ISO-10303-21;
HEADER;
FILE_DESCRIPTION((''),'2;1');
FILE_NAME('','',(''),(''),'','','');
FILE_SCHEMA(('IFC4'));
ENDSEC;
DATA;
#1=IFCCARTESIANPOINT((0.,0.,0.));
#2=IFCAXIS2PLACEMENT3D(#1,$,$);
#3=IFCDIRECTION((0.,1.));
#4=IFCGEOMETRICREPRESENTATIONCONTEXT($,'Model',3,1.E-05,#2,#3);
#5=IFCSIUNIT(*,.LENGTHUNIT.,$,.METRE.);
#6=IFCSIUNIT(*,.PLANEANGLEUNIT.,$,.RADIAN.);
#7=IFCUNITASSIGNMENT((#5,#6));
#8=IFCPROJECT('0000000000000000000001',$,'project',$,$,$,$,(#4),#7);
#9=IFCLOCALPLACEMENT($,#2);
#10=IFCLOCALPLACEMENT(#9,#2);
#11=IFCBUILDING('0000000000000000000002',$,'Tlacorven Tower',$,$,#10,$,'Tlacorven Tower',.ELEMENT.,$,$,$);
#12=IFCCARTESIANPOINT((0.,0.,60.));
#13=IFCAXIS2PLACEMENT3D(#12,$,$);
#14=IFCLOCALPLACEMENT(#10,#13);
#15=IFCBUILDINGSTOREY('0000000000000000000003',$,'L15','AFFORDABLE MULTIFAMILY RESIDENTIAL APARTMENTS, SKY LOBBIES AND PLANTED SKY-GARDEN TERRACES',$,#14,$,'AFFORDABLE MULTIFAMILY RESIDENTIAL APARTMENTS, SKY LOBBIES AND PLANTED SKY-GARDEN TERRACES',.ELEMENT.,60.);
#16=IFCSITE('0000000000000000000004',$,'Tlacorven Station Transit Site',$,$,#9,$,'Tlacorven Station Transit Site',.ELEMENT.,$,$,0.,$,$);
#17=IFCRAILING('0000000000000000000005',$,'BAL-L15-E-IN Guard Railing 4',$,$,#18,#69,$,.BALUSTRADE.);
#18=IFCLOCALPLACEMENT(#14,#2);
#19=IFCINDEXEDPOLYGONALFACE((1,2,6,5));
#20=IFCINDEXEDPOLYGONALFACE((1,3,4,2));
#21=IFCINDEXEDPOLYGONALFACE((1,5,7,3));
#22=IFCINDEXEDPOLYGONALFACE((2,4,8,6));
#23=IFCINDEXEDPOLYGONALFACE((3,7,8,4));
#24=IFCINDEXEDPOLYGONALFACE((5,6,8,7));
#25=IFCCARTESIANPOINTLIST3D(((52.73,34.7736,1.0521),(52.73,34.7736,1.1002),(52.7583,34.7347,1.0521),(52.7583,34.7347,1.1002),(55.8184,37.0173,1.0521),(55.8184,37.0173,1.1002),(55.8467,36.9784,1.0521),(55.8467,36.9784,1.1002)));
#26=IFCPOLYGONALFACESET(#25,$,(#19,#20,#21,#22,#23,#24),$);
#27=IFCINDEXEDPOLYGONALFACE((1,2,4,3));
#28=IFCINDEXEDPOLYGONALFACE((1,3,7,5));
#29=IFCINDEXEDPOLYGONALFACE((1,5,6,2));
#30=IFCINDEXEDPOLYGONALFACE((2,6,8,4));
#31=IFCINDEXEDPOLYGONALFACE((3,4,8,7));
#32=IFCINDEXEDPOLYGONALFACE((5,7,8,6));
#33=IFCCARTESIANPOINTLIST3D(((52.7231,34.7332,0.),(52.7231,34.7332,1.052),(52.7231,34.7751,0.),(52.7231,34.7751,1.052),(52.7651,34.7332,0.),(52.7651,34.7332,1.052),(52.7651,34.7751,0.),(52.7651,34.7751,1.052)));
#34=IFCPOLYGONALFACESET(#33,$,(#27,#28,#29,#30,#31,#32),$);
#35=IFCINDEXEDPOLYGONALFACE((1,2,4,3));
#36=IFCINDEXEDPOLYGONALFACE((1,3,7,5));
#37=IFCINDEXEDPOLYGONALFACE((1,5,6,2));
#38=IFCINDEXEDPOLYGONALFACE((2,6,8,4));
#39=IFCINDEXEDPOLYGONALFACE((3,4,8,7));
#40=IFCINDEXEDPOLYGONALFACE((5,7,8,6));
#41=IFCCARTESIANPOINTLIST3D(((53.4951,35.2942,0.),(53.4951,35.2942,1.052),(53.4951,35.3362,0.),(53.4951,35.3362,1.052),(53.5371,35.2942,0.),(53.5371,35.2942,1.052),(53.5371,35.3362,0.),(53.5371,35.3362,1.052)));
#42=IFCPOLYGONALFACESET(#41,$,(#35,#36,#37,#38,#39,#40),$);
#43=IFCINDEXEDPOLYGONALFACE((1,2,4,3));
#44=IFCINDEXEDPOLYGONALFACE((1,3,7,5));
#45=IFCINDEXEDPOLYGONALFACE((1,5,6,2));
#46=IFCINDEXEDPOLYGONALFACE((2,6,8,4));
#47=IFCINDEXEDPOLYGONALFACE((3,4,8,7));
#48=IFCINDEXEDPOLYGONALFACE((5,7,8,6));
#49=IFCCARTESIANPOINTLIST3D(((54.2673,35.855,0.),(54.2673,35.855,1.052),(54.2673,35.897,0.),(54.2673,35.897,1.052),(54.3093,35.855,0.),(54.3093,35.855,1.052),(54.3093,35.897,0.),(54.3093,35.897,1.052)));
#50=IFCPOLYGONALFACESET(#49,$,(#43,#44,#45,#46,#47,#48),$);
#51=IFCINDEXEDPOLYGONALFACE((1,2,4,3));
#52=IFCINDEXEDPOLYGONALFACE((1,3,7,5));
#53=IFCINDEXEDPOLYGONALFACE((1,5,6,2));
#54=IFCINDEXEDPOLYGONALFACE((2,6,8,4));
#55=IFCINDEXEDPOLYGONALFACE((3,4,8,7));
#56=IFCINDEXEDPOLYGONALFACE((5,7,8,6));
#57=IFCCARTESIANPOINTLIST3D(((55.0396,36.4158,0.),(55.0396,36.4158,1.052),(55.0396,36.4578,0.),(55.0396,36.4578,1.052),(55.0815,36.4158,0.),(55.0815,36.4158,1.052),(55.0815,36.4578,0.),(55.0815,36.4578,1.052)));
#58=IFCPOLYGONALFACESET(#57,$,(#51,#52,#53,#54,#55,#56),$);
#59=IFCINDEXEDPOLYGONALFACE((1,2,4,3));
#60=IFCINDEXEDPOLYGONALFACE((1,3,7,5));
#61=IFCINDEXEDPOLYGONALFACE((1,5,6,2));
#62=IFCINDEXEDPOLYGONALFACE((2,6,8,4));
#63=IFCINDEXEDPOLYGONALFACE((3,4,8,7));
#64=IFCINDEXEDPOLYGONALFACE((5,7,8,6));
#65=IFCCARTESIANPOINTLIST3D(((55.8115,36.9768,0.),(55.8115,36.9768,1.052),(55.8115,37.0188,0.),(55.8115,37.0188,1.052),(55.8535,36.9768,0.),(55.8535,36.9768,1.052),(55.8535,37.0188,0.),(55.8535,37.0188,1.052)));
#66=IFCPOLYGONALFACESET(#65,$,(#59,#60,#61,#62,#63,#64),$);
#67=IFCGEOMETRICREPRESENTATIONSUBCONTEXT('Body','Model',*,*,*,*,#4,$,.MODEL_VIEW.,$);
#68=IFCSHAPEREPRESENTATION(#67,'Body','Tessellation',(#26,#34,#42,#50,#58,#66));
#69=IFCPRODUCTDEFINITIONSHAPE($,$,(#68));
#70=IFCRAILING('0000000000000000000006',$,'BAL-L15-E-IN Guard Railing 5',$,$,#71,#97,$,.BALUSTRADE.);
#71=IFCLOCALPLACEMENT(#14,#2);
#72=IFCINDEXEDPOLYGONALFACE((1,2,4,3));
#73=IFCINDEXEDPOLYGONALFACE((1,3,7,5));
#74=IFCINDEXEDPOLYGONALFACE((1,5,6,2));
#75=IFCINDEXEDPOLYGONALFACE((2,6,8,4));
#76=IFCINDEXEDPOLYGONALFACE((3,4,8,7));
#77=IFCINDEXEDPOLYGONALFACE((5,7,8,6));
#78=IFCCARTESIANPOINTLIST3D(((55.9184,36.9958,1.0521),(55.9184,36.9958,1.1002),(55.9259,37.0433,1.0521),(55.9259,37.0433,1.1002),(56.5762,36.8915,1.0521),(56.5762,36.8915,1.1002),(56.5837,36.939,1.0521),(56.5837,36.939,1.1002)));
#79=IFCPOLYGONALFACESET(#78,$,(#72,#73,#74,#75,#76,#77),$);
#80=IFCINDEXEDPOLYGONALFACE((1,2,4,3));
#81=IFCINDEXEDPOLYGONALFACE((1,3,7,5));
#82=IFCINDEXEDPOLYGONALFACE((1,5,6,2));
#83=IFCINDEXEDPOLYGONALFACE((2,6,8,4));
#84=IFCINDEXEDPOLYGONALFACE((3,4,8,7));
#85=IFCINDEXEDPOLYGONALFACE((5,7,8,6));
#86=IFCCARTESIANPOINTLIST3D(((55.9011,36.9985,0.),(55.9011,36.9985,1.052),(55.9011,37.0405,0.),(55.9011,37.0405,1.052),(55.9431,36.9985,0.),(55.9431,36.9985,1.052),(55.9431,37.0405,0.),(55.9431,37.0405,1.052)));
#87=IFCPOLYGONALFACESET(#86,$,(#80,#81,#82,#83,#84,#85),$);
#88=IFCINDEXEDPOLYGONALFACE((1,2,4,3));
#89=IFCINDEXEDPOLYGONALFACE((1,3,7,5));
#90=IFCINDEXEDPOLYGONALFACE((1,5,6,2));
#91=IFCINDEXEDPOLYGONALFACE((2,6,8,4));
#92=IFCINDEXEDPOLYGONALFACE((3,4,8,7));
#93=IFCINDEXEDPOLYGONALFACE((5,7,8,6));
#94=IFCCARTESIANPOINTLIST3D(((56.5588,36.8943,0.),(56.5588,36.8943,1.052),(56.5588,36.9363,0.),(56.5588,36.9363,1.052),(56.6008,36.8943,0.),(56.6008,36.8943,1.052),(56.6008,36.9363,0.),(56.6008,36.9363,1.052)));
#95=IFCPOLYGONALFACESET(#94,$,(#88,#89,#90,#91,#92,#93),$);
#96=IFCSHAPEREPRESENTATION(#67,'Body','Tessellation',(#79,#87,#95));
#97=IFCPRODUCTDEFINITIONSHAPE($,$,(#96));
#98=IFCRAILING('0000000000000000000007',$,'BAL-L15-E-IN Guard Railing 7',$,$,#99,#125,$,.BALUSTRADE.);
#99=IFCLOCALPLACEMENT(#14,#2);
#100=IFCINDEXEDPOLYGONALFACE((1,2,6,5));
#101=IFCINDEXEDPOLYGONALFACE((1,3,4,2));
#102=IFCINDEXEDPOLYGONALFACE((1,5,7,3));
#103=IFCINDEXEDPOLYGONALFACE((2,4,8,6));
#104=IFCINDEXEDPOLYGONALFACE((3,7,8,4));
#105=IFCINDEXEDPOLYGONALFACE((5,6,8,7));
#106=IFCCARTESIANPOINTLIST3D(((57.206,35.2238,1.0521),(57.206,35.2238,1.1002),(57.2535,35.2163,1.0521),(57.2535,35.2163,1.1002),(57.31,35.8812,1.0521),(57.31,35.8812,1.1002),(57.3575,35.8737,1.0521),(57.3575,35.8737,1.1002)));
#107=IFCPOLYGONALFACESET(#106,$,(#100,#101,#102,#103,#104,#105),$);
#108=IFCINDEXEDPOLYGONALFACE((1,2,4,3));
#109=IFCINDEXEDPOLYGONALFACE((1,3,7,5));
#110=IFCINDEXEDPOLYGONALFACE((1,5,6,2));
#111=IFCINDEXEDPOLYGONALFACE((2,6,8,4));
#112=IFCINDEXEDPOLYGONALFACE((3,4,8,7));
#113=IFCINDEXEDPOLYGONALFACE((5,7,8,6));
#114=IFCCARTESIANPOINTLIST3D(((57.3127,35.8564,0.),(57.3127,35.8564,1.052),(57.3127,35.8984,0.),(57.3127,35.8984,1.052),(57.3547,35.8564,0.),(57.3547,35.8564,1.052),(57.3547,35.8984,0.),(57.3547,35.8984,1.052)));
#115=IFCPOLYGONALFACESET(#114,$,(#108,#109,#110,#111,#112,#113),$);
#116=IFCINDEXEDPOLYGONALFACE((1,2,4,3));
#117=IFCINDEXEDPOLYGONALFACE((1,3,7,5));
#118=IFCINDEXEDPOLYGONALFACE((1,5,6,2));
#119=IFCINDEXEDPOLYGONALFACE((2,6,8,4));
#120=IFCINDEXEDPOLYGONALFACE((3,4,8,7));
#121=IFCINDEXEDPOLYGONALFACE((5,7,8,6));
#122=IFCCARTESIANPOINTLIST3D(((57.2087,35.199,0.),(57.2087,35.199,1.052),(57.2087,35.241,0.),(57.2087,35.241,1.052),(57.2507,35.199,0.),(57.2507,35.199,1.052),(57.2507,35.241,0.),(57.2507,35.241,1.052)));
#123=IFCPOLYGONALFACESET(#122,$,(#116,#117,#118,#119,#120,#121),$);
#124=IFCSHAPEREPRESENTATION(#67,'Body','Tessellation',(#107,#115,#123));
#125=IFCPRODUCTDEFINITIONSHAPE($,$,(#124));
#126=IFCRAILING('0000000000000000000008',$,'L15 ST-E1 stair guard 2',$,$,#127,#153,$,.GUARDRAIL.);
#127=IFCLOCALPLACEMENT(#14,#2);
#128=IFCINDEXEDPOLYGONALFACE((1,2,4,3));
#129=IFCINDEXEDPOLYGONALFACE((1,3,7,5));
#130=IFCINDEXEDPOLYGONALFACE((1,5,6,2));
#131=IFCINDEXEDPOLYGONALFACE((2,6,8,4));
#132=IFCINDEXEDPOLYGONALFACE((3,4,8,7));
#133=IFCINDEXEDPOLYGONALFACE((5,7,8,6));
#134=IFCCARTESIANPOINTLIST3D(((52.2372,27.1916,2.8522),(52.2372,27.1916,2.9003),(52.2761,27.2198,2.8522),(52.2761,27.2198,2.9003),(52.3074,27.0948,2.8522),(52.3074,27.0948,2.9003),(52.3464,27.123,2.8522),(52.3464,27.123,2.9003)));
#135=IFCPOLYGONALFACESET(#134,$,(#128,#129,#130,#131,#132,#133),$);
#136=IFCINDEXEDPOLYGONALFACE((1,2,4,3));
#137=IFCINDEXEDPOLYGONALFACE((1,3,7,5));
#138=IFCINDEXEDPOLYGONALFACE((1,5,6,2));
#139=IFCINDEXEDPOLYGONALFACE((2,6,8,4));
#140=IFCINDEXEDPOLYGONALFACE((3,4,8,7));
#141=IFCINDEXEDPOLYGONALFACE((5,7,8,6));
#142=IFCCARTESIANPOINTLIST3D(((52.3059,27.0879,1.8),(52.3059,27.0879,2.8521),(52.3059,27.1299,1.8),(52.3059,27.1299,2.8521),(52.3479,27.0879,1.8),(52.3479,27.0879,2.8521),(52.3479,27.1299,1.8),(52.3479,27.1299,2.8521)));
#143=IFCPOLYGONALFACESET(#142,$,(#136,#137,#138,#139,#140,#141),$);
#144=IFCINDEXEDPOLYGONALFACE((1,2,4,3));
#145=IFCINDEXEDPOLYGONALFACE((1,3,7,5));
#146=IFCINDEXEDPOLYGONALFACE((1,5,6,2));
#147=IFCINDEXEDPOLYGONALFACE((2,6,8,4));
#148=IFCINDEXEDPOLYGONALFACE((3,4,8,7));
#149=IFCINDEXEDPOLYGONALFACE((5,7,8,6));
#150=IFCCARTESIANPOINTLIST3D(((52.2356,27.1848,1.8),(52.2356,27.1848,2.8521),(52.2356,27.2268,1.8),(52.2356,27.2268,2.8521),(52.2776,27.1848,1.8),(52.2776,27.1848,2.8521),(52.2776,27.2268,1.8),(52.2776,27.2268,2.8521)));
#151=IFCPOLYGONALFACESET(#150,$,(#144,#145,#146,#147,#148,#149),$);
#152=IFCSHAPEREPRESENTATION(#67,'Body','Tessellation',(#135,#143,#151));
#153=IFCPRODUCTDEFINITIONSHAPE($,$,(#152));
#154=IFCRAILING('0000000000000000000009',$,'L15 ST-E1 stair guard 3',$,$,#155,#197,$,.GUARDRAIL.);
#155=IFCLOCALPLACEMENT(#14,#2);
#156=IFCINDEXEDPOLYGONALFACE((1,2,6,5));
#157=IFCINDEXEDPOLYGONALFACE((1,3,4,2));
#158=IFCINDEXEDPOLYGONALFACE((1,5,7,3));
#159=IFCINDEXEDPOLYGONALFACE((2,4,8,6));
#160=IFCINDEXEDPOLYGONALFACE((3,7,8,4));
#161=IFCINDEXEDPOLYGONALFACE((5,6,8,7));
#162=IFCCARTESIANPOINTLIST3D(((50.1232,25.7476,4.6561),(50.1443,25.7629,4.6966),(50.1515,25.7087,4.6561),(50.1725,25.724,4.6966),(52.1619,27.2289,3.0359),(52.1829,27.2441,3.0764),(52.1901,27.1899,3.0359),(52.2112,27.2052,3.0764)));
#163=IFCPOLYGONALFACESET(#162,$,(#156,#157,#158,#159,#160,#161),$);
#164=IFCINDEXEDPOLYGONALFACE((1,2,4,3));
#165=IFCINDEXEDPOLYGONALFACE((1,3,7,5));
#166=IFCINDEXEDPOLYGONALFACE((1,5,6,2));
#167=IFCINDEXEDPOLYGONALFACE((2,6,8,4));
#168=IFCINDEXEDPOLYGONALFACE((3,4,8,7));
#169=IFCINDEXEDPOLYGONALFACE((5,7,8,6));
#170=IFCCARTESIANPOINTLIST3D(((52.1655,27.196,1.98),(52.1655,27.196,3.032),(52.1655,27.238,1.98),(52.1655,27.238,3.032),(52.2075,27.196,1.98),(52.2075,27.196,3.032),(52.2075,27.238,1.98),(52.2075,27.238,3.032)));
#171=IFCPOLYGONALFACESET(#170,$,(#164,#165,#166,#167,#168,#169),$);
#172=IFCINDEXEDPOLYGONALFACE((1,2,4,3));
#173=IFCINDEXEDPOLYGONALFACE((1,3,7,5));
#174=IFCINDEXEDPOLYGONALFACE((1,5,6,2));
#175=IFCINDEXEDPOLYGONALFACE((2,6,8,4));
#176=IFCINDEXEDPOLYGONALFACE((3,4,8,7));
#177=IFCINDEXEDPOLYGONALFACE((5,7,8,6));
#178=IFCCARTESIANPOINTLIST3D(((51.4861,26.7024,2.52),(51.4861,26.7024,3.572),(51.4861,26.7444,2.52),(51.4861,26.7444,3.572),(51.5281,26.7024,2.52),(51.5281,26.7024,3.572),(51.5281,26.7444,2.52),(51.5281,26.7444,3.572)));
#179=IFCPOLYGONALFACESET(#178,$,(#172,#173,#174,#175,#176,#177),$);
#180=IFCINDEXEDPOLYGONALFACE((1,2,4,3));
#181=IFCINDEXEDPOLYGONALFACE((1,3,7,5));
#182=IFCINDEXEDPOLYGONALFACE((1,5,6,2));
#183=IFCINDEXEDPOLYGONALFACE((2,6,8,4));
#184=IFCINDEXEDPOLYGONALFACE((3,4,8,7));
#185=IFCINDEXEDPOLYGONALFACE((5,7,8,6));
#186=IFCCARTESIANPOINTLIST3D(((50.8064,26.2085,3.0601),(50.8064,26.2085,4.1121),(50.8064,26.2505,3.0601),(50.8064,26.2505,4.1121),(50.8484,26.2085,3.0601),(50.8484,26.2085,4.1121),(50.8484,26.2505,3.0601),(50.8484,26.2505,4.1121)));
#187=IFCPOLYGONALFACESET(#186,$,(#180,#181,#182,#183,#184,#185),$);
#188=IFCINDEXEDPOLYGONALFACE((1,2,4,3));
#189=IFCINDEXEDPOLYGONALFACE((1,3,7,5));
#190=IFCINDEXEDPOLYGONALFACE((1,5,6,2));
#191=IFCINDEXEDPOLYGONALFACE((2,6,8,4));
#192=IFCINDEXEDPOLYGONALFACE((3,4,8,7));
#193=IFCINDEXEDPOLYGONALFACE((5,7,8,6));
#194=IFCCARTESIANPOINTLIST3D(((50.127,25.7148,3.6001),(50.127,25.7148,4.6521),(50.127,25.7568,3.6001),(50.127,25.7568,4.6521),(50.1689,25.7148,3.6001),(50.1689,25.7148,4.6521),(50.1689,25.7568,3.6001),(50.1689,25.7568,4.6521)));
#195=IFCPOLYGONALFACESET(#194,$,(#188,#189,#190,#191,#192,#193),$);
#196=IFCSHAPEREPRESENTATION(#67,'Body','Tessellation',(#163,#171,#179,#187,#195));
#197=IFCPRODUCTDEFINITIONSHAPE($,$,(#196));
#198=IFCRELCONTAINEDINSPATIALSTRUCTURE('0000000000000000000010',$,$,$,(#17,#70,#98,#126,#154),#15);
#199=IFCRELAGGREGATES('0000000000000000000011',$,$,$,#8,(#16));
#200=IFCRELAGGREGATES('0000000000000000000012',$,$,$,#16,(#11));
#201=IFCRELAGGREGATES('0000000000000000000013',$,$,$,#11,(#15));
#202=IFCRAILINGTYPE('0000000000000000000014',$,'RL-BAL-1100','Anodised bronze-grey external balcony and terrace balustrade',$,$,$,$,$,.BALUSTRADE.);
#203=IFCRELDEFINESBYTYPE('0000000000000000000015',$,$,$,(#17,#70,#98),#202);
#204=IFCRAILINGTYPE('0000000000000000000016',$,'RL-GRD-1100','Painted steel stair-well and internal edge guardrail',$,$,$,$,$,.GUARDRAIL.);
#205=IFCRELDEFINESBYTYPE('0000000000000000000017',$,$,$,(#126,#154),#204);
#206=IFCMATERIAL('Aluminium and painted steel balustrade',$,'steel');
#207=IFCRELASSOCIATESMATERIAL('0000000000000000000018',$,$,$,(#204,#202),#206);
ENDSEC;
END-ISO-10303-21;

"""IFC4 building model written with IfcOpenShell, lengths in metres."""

from ifc_helpers import new_model, si_unit, direction, frame, origin, origin_2d, place, context, subcontext, project, spatial, rectangle, extrude, source, transform, mapped, material, type_object, element, save


model = new_model("IFC4")

# Units and contexts
model_context = context("Model", 3, precision=1e-05, world=origin(), true_north=direction((0.0, 1.0)))
body_context = subcontext(model_context, "Body", "Model", "MODEL_VIEW")
ifc_project = project(units=[si_unit("LENGTHUNIT", "METRE"), si_unit("PLANEANGLEUNIT", "RADIAN")], contexts=[model_context])

# Site, building, storey
site_placement = place(None, origin())
site = spatial("IfcSite", under=ifc_project, at=site_placement, Name="Tlacorven Station Transit Site", LongName="Tlacorven Station Transit Site", CompositionType="ELEMENT", RefElevation=0.0)
building_placement = place(site_placement, origin())
building = spatial("IfcBuilding", under=site, at=building_placement, Name="Tlacorven Tower", LongName="Tlacorven Tower", CompositionType="ELEMENT")
storey_placement = place(building_placement, frame((0.0, 0.0, 60.0)))
storey = spatial("IfcBuildingStorey", under=building, at=storey_placement, Name="L15", Description="AFFORDABLE MULTIFAMILY RESIDENTIAL APARTMENTS, SKY LOBBIES AND PLANTED SKY-GARDEN TERRACES", LongName="AFFORDABLE MULTIFAMILY RESIDENTIAL APARTMENTS, SKY LOBBIES AND PLANTED SKY-GARDEN TERRACES", CompositionType="ELEMENT", Elevation=60.0)

# Railings
ifc_material_1 = material(Name="Aluminium and painted steel balustrade", Category="steel")
railing_type_1 = type_object("IfcRailingType", Name="RL-GRD-1100", Description="Painted steel stair-well and internal edge guardrail", PredefinedType="GUARDRAIL", material=ifc_material_1)
railing_type_2 = type_object("IfcRailingType", Name="RL-BAL-1100", Description="Anodised bronze-grey external balcony and terrace balustrade", PredefinedType="BALUSTRADE", material=ifc_material_1)
shared_shape_1 = source(origin(), body_context, "Body", "SweptSolid", [
    extrude(rectangle(XDim=0.0481, YDim=0.0481, at=origin_2d()), frame((0.0, 0.0, 1.0762), z_axis=(0.80904, 0.587753, 0.0), x_axis=(-0.587753, 0.80904, 0.0)), (0.0, 0.0, 1.0), 3.8174),
    extrude(rectangle(XDim=0.042, YDim=0.042, at=origin_2d()), origin(), (0.0, 0.0, 1.0), 1.052),
    extrude(rectangle(XDim=0.042, YDim=0.042, at=origin_2d()), frame((0.772, 0.561, 0.0)), (0.0, 0.0, 1.0), 1.052),
    extrude(rectangle(XDim=0.042, YDim=0.042, at=origin_2d()), frame((1.5442, 1.1218, 0.0)), (0.0, 0.0, 1.0), 1.052),
    extrude(rectangle(XDim=0.042, YDim=0.042, at=origin_2d()), frame((2.3164, 1.6826, 0.0)), (0.0, 0.0, 1.0), 1.052),
    extrude(rectangle(XDim=0.042, YDim=0.042, at=origin_2d()), frame((3.0884, 2.2437, 0.0)), (0.0, 0.0, 1.0), 1.052),
])
railing_1_placement = place(storey_placement, frame((52.7441, 34.7542, 0.0)))
element("IfcRailing", 1, at=railing_1_placement, inside=storey, type_object=railing_type_2, Name="BAL-L15-E-IN Guard Railing 4", PredefinedType="BALUSTRADE", context=body_context, shape_type="MappedRepresentation", body=[
    mapped(shared_shape_1, transform((0.0, 0.0, 0.0), scale=1.0)),
])
shared_shape_2 = source(origin(), body_context, "Body", "SweptSolid", [
    extrude(rectangle(XDim=0.0481, YDim=0.0481, at=origin_2d()), frame((0.0, 0.0, 1.0762), z_axis=(0.987671, -0.156546, 0.0), x_axis=(0.156546, 0.987671, 0.0)), (0.0, 0.0, 1.0), 0.666),
    extrude(rectangle(XDim=0.042, YDim=0.042, at=origin_2d()), origin(), (0.0, 0.0, 1.0), 1.052),
    extrude(rectangle(XDim=0.042, YDim=0.042, at=origin_2d()), frame((0.6577, -0.1042, 0.0)), (0.0, 0.0, 1.0), 1.052),
])
railing_2_placement = place(storey_placement, frame((55.9221, 37.0195, 0.0)))
element("IfcRailing", 2, at=railing_2_placement, inside=storey, type_object=railing_type_2, Name="BAL-L15-E-IN Guard Railing 5", PredefinedType="BALUSTRADE", context=body_context, shape_type="MappedRepresentation", body=[
    mapped(shared_shape_2, transform((0.0, 0.0, 0.0), scale=1.0)),
])
shared_shape_3 = source(origin(), body_context, "Body", "SweptSolid", [
    extrude(rectangle(XDim=0.0481, YDim=0.0481, at=origin_2d()), frame((0.0, 0.0, 1.0762), z_axis=(-0.156245, -0.987718, 0.0), x_axis=(0.987718, -0.156245, 0.0)), (0.0, 0.0, 1.0), 0.6655),
    extrude(rectangle(XDim=0.042, YDim=0.042, at=origin_2d()), origin(), (0.0, 0.0, 1.0), 1.052),
    extrude(rectangle(XDim=0.042, YDim=0.042, at=origin_2d()), frame((-0.104, -0.6575, 0.0)), (0.0, 0.0, 1.0), 1.052),
])
railing_3_placement = place(storey_placement, frame((57.3337, 35.8774, 0.0)))
element("IfcRailing", 3, at=railing_3_placement, inside=storey, type_object=railing_type_2, Name="BAL-L15-E-IN Guard Railing 7", PredefinedType="BALUSTRADE", context=body_context, shape_type="MappedRepresentation", body=[
    mapped(shared_shape_3, transform((0.0, 0.0, 0.0), scale=1.0)),
])
shared_shape_4 = source(origin(), body_context, "Body", "SweptSolid", [
    extrude(rectangle(XDim=0.0481, YDim=0.0481, at=origin_2d()), frame((0.0, 0.0, 1.0762), z_axis=(-0.587201, 0.809441, 0.0), x_axis=(-0.809441, -0.587201, 0.0)), (0.0, 0.0, 1.0), 0.1196),
    extrude(rectangle(XDim=0.042, YDim=0.042, at=origin_2d()), origin(), (0.0, 0.0, 1.0), 1.052),
    extrude(rectangle(XDim=0.042, YDim=0.042, at=origin_2d()), frame((-0.0703, 0.0969, 0.0)), (0.0, 0.0, 1.0), 1.052),
])
railing_4_placement = place(storey_placement, frame((52.3269, 27.1089, 1.8)))
element("IfcRailing", 4, at=railing_4_placement, inside=storey, type_object=railing_type_1, Name="L15 ST-E1 stair guard 2", PredefinedType="GUARDRAIL", context=body_context, shape_type="MappedRepresentation", body=[
    mapped(shared_shape_4, transform((0.0, 0.0, 0.0), scale=1.0)),
])
shared_shape_5 = source(origin(), body_context, "Body", "SweptSolid", [
    extrude(rectangle(XDim=0.0481, YDim=0.0481, at=origin_2d()), frame((0.0, 0.0, 1.0762), z_axis=(-0.680489, -0.494434, 0.540805), x_axis=(0.587809, -0.809, 0.0)), (0.0, 0.0, 1.0), 2.9958),
    extrude(rectangle(XDim=0.042, YDim=0.042, at=origin_2d()), origin(), (0.0, 0.0, 1.0), 1.052),
    extrude(rectangle(XDim=0.042, YDim=0.042, at=origin_2d()), frame((-0.6794, -0.4937, 0.54)), (0.0, 0.0, 1.0), 1.052),
    extrude(rectangle(XDim=0.042, YDim=0.042, at=origin_2d()), frame((-1.3591, -0.9875, 1.0801)), (0.0, 0.0, 1.0), 1.052),
    extrude(rectangle(XDim=0.042, YDim=0.042, at=origin_2d()), frame((-2.0386, -1.4812, 1.6201)), (0.0, 0.0, 1.0), 1.052),
])
railing_5_placement = place(storey_placement, frame((52.1865, 27.217, 1.98)))
element("IfcRailing", 5, at=railing_5_placement, inside=storey, type_object=railing_type_1, Name="L15 ST-E1 stair guard 3", PredefinedType="GUARDRAIL", context=body_context, shape_type="MappedRepresentation", body=[
    mapped(shared_shape_5, transform((0.0, 0.0, 0.0), scale=1.0)),
])

save(model, "model.ifc")
